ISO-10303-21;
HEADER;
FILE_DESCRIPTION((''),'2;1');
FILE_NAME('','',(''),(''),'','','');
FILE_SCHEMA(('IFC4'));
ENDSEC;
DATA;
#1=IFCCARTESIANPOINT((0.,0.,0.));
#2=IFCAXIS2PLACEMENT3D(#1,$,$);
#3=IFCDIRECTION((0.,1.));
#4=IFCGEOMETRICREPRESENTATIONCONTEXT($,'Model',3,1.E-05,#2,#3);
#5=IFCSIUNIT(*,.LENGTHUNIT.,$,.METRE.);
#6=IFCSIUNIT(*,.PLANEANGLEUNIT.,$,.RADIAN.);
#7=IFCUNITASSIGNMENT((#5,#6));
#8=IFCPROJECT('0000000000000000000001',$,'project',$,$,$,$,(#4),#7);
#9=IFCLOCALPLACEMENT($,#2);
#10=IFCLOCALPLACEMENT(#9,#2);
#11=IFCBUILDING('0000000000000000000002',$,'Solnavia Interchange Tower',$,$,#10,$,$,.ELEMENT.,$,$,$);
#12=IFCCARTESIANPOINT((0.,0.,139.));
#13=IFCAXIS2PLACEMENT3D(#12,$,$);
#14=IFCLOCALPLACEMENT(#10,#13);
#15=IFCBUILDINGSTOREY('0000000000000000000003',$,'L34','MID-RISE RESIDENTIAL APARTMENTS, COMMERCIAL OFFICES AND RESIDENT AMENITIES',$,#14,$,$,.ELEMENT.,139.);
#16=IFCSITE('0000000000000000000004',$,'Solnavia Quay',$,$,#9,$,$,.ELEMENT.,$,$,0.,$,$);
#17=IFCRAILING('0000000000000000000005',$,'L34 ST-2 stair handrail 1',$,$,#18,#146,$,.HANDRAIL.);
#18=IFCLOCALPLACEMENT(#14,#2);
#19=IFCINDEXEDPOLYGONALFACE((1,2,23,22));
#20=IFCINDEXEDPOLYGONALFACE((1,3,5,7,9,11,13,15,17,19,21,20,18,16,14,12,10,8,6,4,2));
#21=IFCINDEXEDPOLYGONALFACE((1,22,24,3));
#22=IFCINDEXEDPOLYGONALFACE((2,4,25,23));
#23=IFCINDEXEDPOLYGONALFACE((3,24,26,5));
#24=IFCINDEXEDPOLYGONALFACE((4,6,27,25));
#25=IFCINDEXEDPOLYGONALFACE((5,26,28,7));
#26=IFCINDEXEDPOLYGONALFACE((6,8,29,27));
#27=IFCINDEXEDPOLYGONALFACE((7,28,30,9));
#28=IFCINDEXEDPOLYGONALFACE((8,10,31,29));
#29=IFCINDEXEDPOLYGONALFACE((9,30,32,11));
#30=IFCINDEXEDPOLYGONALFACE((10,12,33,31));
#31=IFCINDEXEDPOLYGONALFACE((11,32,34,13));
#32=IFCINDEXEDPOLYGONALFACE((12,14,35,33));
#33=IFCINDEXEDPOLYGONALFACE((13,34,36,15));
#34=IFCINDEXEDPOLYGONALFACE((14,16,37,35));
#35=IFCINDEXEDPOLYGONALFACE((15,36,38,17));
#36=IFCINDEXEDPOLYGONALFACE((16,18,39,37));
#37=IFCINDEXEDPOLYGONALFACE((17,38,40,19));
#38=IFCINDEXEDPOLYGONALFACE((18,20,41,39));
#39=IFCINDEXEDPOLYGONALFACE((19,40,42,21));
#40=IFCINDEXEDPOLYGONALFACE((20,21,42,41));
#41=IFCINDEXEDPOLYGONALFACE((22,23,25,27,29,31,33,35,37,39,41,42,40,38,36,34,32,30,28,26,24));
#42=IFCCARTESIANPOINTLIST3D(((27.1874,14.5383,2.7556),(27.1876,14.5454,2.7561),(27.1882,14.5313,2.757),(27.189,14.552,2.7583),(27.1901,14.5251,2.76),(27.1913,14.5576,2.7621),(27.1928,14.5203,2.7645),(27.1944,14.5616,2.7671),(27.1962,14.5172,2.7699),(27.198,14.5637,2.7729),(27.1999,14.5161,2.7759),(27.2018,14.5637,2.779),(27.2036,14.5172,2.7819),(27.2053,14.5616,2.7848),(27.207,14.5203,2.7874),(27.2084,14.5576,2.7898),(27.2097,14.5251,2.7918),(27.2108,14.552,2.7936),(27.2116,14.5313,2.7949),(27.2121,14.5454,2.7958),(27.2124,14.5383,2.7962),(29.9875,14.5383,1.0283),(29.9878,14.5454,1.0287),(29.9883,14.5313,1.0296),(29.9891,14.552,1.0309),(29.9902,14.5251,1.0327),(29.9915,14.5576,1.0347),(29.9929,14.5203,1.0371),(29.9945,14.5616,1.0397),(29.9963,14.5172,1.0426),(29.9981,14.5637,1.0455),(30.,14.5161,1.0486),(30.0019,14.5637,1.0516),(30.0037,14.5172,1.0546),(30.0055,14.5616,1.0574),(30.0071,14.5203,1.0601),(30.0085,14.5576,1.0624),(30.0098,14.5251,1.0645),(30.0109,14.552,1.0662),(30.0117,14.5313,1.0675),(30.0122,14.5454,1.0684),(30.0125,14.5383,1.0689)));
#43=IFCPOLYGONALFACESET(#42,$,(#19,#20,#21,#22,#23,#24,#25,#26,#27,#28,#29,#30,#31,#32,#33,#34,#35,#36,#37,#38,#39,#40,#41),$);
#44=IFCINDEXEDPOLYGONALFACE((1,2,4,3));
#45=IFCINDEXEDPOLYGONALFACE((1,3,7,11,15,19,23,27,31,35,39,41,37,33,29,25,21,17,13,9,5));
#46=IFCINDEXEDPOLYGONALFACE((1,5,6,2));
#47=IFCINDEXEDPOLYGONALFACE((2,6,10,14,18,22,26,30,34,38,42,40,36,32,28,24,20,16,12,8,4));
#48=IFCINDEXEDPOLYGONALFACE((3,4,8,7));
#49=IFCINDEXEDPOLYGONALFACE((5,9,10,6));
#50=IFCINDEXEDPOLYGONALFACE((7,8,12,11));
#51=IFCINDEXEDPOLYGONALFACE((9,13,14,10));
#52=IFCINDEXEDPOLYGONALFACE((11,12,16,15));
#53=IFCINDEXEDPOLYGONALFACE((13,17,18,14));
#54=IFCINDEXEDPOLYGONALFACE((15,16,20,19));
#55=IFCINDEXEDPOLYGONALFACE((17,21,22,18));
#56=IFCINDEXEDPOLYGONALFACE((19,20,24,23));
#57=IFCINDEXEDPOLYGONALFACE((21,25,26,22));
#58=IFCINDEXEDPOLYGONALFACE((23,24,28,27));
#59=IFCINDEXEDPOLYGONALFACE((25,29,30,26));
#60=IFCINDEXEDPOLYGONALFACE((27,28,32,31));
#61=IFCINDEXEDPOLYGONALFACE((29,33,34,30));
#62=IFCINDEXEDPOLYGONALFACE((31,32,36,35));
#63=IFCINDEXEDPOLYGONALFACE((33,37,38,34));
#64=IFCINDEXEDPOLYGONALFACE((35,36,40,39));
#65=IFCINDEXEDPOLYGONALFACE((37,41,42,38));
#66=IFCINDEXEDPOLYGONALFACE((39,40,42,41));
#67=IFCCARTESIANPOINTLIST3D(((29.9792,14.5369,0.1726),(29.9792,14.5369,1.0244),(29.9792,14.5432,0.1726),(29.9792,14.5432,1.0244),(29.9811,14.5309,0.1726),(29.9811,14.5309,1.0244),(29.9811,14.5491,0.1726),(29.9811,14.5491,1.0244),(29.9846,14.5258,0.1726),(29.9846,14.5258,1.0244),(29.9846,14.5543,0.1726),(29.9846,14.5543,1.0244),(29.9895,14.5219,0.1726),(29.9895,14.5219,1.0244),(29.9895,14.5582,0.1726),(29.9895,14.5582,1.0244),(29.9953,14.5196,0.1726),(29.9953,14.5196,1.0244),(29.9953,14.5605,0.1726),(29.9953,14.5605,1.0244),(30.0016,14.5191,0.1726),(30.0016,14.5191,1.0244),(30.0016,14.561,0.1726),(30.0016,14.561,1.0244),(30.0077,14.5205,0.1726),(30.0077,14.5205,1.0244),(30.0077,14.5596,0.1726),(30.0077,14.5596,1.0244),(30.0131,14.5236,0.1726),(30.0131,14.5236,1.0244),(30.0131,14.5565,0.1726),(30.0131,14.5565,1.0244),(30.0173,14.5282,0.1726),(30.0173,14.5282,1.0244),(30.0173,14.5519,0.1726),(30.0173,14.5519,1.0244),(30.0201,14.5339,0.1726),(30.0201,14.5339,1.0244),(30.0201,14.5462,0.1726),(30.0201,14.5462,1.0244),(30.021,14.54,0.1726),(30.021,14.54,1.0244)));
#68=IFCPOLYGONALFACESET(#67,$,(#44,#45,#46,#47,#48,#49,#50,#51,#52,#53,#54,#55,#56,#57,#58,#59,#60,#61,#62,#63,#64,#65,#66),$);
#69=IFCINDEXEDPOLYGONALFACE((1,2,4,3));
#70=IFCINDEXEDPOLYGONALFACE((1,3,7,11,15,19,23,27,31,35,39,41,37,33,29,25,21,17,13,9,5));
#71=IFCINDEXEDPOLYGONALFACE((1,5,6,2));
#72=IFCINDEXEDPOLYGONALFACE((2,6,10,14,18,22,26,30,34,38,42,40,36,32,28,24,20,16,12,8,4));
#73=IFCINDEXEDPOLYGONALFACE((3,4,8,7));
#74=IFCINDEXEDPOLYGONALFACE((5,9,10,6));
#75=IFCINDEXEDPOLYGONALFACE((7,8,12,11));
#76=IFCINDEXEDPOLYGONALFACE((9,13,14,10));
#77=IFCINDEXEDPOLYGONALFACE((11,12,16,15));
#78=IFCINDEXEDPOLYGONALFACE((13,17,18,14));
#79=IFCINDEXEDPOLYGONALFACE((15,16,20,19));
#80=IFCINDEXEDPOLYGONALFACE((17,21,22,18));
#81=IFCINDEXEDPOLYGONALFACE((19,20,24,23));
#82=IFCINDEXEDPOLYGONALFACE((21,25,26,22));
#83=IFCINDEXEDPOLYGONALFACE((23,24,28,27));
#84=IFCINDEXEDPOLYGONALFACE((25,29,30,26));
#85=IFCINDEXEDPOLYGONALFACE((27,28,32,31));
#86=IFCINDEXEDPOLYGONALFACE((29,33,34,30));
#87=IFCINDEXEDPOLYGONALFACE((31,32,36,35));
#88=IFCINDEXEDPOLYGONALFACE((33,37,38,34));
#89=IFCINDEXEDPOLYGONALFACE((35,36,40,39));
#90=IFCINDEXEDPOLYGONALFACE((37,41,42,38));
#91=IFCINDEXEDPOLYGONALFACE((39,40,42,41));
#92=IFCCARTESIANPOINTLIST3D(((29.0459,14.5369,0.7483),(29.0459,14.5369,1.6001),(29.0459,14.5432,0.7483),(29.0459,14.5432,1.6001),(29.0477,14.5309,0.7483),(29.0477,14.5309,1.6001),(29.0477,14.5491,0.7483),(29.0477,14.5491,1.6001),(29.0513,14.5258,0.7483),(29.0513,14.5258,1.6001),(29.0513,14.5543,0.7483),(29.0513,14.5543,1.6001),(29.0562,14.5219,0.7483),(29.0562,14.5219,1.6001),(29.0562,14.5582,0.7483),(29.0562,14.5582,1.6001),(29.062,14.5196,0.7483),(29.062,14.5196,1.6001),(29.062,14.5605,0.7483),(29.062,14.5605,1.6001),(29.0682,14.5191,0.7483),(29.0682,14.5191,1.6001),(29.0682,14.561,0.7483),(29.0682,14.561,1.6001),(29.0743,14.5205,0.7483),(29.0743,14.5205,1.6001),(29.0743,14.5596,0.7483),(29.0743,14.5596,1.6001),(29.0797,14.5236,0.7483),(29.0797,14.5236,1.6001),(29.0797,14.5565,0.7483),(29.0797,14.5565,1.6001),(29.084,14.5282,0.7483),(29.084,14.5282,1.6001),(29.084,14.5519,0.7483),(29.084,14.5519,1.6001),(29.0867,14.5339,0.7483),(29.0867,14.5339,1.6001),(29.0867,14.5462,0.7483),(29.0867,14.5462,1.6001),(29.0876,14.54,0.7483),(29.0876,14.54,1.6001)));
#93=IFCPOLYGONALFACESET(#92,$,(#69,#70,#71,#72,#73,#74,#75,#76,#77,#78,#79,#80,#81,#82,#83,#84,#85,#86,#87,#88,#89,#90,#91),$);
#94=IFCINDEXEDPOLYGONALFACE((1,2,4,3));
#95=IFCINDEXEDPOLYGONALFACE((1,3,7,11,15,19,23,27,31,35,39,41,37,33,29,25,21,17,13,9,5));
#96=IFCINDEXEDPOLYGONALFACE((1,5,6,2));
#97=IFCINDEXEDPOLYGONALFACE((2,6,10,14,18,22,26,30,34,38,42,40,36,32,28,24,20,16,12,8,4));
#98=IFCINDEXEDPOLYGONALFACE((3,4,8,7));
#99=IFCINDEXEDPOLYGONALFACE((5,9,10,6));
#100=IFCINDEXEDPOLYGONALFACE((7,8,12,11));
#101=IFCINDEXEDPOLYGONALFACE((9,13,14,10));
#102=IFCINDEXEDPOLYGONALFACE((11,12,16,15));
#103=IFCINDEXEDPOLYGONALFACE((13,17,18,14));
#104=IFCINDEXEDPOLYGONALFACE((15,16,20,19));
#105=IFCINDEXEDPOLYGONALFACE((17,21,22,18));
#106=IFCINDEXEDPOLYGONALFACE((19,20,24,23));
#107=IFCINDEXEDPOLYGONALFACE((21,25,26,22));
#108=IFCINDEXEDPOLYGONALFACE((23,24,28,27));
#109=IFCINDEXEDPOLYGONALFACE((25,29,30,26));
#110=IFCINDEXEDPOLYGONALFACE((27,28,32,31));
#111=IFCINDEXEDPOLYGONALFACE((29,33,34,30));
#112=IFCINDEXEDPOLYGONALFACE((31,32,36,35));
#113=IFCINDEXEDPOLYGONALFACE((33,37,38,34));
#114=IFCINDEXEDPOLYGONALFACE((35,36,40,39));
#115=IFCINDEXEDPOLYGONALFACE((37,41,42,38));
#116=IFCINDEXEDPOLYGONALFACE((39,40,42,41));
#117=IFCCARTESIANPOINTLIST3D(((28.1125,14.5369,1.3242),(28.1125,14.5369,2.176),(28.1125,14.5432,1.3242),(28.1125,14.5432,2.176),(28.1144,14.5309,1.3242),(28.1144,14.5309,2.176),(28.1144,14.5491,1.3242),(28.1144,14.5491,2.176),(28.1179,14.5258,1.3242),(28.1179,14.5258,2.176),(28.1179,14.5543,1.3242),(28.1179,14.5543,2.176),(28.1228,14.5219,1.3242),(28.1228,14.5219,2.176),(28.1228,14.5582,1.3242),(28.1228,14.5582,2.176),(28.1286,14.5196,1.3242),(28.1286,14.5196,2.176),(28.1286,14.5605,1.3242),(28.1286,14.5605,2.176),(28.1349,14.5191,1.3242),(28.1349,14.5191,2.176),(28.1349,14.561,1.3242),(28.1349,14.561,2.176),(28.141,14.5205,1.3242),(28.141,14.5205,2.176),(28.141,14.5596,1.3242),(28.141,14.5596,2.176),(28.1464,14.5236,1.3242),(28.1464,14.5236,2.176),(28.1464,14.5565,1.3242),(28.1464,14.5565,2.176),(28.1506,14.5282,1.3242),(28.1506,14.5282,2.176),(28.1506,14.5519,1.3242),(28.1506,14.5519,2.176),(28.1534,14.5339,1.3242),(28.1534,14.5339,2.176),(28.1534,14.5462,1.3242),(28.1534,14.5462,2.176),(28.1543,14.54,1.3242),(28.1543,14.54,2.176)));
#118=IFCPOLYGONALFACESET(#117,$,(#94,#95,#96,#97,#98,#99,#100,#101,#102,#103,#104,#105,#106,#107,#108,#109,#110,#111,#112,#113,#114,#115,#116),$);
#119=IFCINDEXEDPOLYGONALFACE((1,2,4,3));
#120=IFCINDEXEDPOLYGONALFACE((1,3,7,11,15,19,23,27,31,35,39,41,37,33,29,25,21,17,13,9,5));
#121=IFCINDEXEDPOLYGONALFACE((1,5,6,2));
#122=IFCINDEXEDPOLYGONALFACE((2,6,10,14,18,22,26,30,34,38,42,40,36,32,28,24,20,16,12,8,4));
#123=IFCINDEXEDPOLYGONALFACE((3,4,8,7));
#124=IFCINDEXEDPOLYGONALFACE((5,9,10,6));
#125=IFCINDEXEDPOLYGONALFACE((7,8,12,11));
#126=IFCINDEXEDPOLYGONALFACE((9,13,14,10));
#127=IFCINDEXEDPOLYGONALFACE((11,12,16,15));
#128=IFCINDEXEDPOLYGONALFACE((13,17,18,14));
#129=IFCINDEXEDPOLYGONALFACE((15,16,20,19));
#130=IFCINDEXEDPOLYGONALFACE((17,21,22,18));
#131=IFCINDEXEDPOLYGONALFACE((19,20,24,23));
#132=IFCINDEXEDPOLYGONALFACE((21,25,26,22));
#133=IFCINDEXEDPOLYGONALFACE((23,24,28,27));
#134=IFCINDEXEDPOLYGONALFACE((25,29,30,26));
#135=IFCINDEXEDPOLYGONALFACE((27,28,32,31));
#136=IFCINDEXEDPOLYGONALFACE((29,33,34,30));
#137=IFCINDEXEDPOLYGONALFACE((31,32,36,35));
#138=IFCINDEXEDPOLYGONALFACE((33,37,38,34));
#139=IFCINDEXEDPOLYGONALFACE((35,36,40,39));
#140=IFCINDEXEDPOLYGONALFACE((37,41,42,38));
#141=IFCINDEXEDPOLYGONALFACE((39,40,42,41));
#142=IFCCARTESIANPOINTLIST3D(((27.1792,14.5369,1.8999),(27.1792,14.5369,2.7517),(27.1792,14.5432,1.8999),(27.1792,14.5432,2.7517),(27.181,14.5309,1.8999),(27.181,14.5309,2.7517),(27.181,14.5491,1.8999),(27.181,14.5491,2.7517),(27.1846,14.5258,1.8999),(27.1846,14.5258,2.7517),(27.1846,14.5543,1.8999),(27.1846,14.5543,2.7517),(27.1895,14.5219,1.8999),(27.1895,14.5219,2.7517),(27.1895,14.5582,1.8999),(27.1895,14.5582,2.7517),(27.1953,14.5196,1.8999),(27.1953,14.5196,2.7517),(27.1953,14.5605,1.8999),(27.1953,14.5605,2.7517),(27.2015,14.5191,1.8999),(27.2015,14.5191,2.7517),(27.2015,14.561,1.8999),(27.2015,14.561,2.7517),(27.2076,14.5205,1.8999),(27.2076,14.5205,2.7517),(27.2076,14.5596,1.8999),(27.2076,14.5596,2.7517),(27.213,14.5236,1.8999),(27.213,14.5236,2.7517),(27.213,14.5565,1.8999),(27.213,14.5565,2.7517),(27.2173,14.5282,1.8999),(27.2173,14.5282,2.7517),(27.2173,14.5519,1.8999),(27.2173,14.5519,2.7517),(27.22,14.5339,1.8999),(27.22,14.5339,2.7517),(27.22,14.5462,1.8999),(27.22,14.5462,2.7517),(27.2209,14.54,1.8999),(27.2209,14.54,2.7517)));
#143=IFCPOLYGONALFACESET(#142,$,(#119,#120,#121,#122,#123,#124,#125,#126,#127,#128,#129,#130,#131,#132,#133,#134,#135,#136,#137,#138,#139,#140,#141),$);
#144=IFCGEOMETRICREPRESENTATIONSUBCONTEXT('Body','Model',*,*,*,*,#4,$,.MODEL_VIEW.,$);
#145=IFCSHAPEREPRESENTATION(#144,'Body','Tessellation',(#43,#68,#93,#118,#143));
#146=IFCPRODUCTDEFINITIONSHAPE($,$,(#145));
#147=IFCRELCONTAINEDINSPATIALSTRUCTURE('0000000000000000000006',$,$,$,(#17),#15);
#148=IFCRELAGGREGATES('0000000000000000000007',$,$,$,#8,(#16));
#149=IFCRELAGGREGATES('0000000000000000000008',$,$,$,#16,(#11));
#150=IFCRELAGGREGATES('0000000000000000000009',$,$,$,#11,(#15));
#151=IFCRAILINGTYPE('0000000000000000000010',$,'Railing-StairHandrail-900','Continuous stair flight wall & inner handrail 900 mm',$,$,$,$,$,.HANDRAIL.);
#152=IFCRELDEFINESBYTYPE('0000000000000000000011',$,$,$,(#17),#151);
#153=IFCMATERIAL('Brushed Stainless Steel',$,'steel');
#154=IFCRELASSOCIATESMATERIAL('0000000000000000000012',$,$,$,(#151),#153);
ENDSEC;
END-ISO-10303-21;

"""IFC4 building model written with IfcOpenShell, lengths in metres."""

from ifc_helpers import new_model, si_unit, direction, frame, origin, origin_2d, place, context, subcontext, project, spatial, circle, extrude, material, type_object, element, save


model = new_model("IFC4")

# Units and contexts
model_context = context("Model", 3, precision=1e-05, world=origin(), true_north=direction((0.0, 1.0)))
body_context = subcontext(model_context, "Body", "Model", "MODEL_VIEW")
ifc_project = project(units=[si_unit("LENGTHUNIT", "METRE"), si_unit("PLANEANGLEUNIT", "RADIAN")], contexts=[model_context])

# Site, building, storey
site_placement = place(None, origin())
site = spatial("IfcSite", under=ifc_project, at=site_placement, Name="Solnavia Quay", CompositionType="ELEMENT", RefElevation=0.0)
building_placement = place(site_placement, origin())
building = spatial("IfcBuilding", under=site, at=building_placement, Name="Solnavia Interchange Tower", CompositionType="ELEMENT")
storey_placement = place(building_placement, frame((0.0, 0.0, 139.0)))
storey = spatial("IfcBuildingStorey", under=building, at=storey_placement, Name="L34", Description="MID-RISE RESIDENTIAL APARTMENTS, COMMERCIAL OFFICES AND RESIDENT AMENITIES", CompositionType="ELEMENT", Elevation=139.0)

# Railing
ifc_material_1 = material(Name="Brushed Stainless Steel", Category="steel")
railing_type = type_object("IfcRailingType", Name="Railing-StairHandrail-900", Description="Continuous stair flight wall & inner handrail 900 mm", PredefinedType="HANDRAIL", material=ifc_material_1)
railing_placement = place(storey_placement, frame((30.0, 14.54, 0.1726)))
element("IfcRailing", 1, at=railing_placement, inside=storey, type_object=railing_type, Name="L34 ST-2 stair handrail 1", PredefinedType="HANDRAIL", context=body_context, shape_type="SweptSolid", body=[
    extrude(circle(Radius=0.0239, at=origin_2d()), frame((0.0, 0.0, 0.876), z_axis=(-0.85109, 0.0, 0.52502), x_axis=(0.0, -1.0, 0.0)), (0.0, 0.0, 1.0), 3.29),
    extrude(circle(Radius=0.021, at=origin_2d()), origin(), (0.0, 0.0, 1.0), 0.8518),
    extrude(circle(Radius=0.021, at=origin_2d()), frame((-0.9333, 0.0, 0.5757)), (0.0, 0.0, 1.0), 0.8518),
    extrude(circle(Radius=0.021, at=origin_2d()), frame((-1.8667, 0.0, 1.1516)), (0.0, 0.0, 1.0), 0.8518),
    extrude(circle(Radius=0.021, at=origin_2d()), frame((-2.8, 0.0, 1.7273)), (0.0, 0.0, 1.0), 0.8518),
])

save(model, "model.ifc")
